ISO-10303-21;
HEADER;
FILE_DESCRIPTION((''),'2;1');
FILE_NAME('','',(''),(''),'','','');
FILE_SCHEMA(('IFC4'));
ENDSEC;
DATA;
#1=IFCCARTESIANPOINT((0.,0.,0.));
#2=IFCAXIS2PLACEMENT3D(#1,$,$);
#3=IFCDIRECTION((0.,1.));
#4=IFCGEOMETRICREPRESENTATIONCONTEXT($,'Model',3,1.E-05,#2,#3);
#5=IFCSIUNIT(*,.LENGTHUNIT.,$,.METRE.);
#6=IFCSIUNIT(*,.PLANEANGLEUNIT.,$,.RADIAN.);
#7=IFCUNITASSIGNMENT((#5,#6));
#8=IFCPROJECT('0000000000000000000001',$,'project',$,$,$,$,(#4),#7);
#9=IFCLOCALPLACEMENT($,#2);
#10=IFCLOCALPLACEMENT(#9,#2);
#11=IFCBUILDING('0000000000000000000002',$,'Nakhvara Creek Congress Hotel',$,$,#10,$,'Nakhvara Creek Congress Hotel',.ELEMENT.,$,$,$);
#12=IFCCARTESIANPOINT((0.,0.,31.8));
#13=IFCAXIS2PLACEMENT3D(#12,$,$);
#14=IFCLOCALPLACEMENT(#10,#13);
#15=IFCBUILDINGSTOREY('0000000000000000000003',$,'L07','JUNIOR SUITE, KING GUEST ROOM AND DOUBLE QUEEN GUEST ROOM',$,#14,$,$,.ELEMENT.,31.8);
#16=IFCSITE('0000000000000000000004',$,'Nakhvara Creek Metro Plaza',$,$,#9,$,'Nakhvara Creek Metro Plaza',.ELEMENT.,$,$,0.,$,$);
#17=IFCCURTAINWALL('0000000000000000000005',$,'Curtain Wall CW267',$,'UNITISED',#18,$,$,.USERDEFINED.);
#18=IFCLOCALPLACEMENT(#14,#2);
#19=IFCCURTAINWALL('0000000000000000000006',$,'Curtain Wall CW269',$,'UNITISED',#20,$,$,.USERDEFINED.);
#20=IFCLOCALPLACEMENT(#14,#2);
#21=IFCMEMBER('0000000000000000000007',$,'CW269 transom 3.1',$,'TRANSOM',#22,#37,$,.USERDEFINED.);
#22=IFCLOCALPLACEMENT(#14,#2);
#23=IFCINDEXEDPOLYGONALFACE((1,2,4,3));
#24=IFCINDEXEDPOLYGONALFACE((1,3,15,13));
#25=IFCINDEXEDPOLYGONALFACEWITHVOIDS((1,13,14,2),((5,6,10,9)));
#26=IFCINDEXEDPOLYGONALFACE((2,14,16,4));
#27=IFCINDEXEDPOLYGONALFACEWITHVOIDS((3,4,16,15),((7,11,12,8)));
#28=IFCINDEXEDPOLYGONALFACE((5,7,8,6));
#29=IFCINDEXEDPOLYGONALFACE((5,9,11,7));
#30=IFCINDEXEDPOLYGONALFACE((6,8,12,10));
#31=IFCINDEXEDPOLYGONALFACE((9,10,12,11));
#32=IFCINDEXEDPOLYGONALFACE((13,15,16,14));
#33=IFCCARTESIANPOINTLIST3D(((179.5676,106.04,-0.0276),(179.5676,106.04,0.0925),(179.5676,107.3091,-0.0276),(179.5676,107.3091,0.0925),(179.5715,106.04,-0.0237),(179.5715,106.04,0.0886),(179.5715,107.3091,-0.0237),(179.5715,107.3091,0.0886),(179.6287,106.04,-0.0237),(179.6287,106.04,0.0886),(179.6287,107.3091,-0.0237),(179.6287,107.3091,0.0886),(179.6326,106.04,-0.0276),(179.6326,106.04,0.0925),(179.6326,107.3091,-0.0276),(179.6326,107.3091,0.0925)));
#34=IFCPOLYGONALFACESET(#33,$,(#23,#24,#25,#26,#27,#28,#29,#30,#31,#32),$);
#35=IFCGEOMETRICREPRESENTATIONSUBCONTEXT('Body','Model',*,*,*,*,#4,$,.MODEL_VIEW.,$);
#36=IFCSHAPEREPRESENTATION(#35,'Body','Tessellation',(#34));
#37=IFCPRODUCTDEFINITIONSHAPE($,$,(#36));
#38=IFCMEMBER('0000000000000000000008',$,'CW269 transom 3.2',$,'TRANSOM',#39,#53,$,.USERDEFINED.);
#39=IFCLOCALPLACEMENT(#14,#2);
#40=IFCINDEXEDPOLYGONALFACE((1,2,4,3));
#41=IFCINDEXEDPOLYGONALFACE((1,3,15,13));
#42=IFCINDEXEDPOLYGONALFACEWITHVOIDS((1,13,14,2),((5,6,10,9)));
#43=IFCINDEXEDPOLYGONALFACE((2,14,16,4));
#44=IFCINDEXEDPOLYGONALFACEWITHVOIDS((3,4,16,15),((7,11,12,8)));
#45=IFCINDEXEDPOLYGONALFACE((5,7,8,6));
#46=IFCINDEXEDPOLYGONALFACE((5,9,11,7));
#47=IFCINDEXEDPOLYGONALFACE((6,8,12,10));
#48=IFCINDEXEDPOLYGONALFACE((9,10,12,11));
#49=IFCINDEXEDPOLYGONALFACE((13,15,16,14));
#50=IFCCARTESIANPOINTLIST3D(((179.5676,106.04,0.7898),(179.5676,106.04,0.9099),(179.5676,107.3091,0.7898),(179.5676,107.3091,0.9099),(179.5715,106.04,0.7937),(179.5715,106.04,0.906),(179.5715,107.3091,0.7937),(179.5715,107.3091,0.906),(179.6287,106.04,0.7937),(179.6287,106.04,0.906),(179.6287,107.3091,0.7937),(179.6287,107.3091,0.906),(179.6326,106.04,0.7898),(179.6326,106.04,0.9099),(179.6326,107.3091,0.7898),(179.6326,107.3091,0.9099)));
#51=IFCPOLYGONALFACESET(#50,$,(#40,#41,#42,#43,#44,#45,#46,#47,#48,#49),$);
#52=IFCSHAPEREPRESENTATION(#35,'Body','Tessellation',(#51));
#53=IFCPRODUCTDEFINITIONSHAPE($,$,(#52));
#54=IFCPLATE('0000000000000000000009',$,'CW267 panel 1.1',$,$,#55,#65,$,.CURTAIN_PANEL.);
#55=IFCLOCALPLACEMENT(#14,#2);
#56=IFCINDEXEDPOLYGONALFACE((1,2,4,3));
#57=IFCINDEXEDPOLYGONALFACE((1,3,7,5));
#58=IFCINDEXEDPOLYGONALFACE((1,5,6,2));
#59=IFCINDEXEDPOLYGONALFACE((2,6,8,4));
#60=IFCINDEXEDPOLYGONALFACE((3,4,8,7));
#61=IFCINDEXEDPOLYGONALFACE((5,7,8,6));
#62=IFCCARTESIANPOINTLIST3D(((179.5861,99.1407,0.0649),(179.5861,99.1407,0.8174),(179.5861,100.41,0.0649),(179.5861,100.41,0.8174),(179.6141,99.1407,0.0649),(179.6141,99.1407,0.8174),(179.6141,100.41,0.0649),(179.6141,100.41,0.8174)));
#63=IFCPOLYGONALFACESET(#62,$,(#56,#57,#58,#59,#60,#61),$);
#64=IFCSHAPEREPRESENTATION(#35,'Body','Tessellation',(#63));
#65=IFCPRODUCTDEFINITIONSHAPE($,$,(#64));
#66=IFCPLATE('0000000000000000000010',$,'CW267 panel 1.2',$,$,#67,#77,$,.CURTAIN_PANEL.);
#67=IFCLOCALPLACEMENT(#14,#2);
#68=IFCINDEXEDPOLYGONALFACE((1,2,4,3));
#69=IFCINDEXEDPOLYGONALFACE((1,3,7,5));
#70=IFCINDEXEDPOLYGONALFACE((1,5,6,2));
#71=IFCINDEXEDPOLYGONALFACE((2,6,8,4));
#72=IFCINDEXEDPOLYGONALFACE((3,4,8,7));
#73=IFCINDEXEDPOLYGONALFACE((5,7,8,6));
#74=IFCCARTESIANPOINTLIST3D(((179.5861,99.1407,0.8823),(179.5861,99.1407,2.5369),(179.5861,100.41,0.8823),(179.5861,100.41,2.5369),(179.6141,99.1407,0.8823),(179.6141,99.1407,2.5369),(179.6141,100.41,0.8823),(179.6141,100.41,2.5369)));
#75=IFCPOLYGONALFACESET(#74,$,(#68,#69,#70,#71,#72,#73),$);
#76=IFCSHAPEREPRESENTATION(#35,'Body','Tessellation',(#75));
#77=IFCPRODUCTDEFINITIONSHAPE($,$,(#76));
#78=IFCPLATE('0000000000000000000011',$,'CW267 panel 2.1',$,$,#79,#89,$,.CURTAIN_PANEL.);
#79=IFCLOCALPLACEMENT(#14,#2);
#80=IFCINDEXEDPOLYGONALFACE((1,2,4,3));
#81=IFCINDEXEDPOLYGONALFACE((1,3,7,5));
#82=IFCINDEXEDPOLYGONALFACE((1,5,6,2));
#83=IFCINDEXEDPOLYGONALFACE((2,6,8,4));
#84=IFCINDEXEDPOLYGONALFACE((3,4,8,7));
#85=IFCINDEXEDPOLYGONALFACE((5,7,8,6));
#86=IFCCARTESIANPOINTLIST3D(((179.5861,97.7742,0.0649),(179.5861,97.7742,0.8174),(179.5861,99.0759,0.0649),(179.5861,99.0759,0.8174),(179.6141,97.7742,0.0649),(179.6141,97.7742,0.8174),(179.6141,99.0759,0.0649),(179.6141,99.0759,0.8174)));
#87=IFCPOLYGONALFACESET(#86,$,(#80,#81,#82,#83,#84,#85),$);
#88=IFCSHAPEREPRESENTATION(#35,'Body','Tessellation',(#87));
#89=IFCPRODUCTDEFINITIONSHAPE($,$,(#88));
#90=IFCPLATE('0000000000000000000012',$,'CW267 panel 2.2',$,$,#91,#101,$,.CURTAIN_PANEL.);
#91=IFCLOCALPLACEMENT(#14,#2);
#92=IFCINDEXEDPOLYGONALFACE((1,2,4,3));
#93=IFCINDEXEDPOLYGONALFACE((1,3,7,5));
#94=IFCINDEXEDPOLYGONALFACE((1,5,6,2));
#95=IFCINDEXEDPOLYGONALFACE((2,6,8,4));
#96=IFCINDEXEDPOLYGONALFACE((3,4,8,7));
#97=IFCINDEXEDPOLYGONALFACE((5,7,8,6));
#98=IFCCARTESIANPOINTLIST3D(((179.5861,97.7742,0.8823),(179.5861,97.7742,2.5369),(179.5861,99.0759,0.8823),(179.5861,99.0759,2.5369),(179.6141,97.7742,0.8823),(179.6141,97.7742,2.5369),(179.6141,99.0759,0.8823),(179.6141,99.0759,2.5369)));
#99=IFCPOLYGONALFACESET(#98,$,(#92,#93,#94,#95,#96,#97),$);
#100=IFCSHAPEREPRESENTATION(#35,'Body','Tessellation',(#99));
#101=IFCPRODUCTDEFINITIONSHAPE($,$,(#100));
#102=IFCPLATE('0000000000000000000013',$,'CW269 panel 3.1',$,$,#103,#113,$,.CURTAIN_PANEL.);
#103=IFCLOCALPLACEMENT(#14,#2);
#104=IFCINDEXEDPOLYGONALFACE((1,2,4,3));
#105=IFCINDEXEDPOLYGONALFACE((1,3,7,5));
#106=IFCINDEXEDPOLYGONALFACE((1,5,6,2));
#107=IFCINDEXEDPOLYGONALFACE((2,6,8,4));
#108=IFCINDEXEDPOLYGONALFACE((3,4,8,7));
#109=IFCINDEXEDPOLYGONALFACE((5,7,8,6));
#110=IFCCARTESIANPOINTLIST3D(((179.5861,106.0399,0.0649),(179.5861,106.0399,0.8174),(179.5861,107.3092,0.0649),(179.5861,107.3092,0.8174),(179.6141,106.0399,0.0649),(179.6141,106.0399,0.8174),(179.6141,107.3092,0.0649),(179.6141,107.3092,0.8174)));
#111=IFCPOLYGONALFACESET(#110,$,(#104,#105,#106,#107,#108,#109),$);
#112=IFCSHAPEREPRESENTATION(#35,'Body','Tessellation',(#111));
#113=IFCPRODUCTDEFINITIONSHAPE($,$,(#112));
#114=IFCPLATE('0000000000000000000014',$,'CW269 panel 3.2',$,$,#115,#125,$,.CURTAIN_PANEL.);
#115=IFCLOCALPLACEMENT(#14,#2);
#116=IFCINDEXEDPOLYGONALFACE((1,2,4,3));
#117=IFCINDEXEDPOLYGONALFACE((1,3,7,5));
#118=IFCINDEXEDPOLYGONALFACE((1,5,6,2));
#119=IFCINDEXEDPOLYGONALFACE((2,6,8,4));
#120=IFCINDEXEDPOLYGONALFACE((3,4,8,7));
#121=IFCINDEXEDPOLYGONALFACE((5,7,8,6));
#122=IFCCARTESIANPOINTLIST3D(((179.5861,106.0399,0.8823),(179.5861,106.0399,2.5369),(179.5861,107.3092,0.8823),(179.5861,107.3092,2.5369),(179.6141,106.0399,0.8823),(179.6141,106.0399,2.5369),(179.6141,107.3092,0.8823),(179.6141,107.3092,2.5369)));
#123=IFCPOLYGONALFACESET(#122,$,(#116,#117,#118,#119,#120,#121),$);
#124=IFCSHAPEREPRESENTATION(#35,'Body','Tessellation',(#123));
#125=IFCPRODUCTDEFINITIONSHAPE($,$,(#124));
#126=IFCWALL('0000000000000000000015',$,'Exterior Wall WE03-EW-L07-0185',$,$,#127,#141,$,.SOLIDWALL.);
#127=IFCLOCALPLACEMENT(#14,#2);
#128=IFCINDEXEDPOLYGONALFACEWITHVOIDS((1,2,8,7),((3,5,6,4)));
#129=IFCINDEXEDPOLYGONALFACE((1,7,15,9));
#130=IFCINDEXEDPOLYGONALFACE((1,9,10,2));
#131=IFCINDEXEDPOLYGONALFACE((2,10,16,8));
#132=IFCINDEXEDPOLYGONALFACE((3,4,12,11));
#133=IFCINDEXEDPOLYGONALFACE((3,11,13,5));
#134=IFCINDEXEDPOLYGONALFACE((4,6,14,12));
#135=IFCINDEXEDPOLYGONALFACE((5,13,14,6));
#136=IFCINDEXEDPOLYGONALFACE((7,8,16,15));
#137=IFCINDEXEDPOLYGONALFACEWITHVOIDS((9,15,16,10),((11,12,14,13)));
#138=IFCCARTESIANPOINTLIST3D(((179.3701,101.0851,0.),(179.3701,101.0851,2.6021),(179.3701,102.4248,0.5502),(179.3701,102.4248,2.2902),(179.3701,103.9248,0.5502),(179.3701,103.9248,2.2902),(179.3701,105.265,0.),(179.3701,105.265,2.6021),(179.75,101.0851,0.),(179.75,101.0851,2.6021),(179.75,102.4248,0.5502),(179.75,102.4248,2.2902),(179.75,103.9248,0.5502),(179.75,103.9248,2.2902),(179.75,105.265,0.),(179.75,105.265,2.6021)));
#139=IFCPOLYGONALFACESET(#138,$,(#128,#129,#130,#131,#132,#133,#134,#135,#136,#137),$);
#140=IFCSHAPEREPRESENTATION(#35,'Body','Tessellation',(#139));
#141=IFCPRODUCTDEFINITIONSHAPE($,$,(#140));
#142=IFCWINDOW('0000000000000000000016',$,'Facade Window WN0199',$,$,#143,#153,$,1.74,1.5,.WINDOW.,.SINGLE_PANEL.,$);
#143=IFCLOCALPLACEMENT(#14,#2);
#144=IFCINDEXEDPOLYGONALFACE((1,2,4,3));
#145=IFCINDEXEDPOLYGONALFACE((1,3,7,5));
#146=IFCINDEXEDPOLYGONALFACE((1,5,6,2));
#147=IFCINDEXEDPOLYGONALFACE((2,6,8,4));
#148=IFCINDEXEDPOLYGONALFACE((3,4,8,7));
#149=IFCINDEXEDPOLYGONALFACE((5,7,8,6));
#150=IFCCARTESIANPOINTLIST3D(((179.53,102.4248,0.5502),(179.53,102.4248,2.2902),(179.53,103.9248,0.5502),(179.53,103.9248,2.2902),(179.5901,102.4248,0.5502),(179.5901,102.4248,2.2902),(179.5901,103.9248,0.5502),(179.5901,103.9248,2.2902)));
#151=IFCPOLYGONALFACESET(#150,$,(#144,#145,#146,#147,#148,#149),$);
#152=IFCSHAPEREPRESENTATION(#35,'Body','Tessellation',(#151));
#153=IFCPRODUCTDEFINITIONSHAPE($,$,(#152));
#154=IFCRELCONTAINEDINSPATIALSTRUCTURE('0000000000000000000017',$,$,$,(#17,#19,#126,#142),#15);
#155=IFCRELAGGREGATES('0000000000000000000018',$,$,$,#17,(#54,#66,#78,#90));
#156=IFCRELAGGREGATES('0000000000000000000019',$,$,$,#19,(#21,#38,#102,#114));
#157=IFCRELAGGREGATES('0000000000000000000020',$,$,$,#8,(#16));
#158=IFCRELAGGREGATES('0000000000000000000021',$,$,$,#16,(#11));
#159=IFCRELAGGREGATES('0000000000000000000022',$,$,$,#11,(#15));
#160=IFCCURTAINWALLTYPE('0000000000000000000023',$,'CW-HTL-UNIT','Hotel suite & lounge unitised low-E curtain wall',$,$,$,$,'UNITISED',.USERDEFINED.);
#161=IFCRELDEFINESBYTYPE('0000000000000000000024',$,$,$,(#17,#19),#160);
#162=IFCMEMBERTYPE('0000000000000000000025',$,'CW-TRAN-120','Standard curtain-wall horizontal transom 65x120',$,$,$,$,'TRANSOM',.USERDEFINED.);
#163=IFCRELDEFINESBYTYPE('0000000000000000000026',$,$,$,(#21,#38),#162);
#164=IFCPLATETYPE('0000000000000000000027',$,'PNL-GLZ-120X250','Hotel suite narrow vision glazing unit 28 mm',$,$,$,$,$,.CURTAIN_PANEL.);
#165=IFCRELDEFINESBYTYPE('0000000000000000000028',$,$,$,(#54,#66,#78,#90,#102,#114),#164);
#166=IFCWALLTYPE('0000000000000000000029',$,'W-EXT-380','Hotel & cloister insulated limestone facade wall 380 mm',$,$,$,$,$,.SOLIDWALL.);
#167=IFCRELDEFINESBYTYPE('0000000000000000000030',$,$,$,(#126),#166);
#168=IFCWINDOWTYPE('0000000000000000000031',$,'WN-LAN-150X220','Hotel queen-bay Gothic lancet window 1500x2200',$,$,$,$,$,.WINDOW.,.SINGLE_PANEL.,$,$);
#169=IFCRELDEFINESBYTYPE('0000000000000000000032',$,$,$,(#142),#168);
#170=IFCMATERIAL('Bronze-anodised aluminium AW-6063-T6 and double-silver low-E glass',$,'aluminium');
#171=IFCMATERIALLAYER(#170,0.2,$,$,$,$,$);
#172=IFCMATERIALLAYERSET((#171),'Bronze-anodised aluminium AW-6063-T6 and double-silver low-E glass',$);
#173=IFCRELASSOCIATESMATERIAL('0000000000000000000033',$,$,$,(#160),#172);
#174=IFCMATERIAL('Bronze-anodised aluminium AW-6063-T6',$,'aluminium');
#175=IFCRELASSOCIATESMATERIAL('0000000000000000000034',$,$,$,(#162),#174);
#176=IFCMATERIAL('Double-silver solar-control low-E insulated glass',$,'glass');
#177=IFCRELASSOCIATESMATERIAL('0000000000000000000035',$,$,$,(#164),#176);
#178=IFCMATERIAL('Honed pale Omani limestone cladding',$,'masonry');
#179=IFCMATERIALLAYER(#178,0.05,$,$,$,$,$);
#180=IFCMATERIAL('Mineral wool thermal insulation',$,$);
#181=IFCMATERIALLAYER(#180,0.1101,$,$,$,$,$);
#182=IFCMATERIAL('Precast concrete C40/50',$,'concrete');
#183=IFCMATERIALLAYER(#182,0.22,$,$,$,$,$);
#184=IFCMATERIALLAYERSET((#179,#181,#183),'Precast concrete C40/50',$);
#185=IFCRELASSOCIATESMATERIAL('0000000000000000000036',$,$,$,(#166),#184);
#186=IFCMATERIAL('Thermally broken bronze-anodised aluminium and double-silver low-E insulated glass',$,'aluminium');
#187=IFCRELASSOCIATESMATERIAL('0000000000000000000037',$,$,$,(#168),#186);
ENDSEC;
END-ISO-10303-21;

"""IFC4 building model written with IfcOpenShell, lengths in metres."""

from ifc_helpers import new_model, si_unit, direction, frame, frame_2d, origin, origin_2d, place, context, subcontext, project, spatial, rectangle, hollow_rectangle, extrude, material, layer, layer_set, material_profile, profile_set, type_object, element, fill, aggregate, save


model = new_model("IFC4")

# Units and contexts
model_context = context("Model", 3, precision=1e-05, world=origin(), true_north=direction((0.0, 1.0)))
body_context = subcontext(model_context, "Body", "Model", "MODEL_VIEW")
ifc_project = project(units=[si_unit("LENGTHUNIT", "METRE"), si_unit("PLANEANGLEUNIT", "RADIAN")], contexts=[model_context])

# Site, building, storey
site_placement = place(None, origin())
site = spatial("IfcSite", under=ifc_project, at=site_placement, Name="Nakhvara Creek Metro Plaza", LongName="Nakhvara Creek Metro Plaza", CompositionType="ELEMENT", RefElevation=0.0)
building_placement = place(site_placement, origin())
building = spatial("IfcBuilding", under=site, at=building_placement, Name="Nakhvara Creek Congress Hotel", LongName="Nakhvara Creek Congress Hotel", CompositionType="ELEMENT")
storey_placement = place(building_placement, frame((0.0, 0.0, 31.8)))
storey = spatial("IfcBuildingStorey", under=building, at=storey_placement, Name="L07", Description="JUNIOR SUITE, KING GUEST ROOM AND DOUBLE QUEEN GUEST ROOM", CompositionType="ELEMENT", Elevation=31.8)

# Curtain wall
ifc_material_1 = material(Name="Bronze-anodised aluminium AW-6063-T6 and double-silver low-E glass", Category="aluminium")
ifc_layer_1 = layer(ifc_material_1, 0.2)
ifc_layer_set_1 = layer_set([ifc_layer_1], Name="Bronze-anodised aluminium AW-6063-T6 and double-silver low-E glass")
curtain_wall_type = type_object("IfcCurtainWallType", Name="CW-HTL-UNIT", Description="Hotel suite & lounge unitised low-E curtain wall", ElementType="UNITISED", PredefinedType="USERDEFINED", material=ifc_layer_set_1)
curtain_wall_1_placement = place(storey_placement, origin())
curtain_wall_1 = element("IfcCurtainWall", 1, at=curtain_wall_1_placement, inside=storey, type_object=curtain_wall_type, Name="Curtain Wall CW267", ObjectType="UNITISED", PredefinedType="USERDEFINED")
ifc_material_2 = material(Name="Bronze-anodised aluminium AW-6063-T6", Category="aluminium")

# Curtain wall
curtain_wall_2_placement = place(storey_placement, origin())
curtain_wall_2 = element("IfcCurtainWall", 2, at=curtain_wall_2_placement, inside=storey, type_object=curtain_wall_type, Name="Curtain Wall CW269", ObjectType="UNITISED", PredefinedType="USERDEFINED")

# Members
ifc_material_profile_1 = material_profile(ifc_material_2, hollow_rectangle(XDim=0.0649, YDim=0.1201, WallThickness=0.0039, at=origin_2d()), Name="ALU-TRAN 65x120x4", Category="LoadBearing")
ifc_profile_set_1 = profile_set([ifc_material_profile_1], Name="Bronze-anodised aluminium AW-6063-T6")
member_type_1 = type_object("IfcMemberType", Name="CW-TRAN-120", Description="Standard curtain-wall horizontal transom 65x120", ElementType="TRANSOM", PredefinedType="USERDEFINED", material=ifc_profile_set_1)
member_1_placement = place(storey_placement, frame((179.6001, 107.3091, 0.0325), z_axis=(0.0, -1.0, 0.0), x_axis=(1.0, 0.0, 0.0)))
member_1 = element("IfcMember", 3, at=member_1_placement, type_object=member_type_1, Name="CW269 transom 3.1", ObjectType="TRANSOM", PredefinedType="USERDEFINED", context=body_context, shape_type="SweptSolid", body=[
    extrude(hollow_rectangle(XDim=0.0649, YDim=0.1201, WallThickness=0.0039, at=origin_2d()), origin(), (0.0, 0.0, 1.0), 1.269),
])
member_2_placement = place(storey_placement, frame((179.6001, 107.3091, 0.8499), z_axis=(0.0, -1.0, 0.0), x_axis=(1.0, 0.0, 0.0)))
member_2 = element("IfcMember", 4, at=member_2_placement, type_object=member_type_1, Name="CW269 transom 3.2", ObjectType="TRANSOM", PredefinedType="USERDEFINED", context=body_context, shape_type="SweptSolid", body=[
    extrude(hollow_rectangle(XDim=0.0649, YDim=0.1201, WallThickness=0.0039, at=origin_2d()), origin(), (0.0, 0.0, 1.0), 1.269),
])

# Plates
ifc_material_3 = material(Name="Double-silver solar-control low-E insulated glass", Category="glass")
plate_type = type_object("IfcPlateType", Name="PNL-GLZ-120X250", Description="Hotel suite narrow vision glazing unit 28 mm", PredefinedType="CURTAIN_PANEL", material=ifc_material_3)
plate_1_placement = place(storey_placement, frame((179.6001, 99.7754, 0.0649), z_axis=(0.0, 0.0, 1.0), x_axis=(0.0, -1.0, 0.0)))
plate_1 = element("IfcPlate", 5, at=plate_1_placement, type_object=plate_type, Name="CW267 panel 1.1", PredefinedType="CURTAIN_PANEL", context=body_context, shape_type="SweptSolid", body=[
    extrude(rectangle(XDim=1.2693, YDim=0.0281, at=origin_2d()), origin(), (0.0, 0.0, 1.0), 0.7524),
])
plate_2_placement = place(storey_placement, frame((179.6001, 99.7754, 0.8823), z_axis=(0.0, 0.0, 1.0), x_axis=(0.0, -1.0, 0.0)))
plate_2 = element("IfcPlate", 6, at=plate_2_placement, type_object=plate_type, Name="CW267 panel 1.2", PredefinedType="CURTAIN_PANEL", context=body_context, shape_type="SweptSolid", body=[
    extrude(rectangle(XDim=1.2693, YDim=0.0281, at=origin_2d()), origin(), (0.0, 0.0, 1.0), 1.6545),
])
plate_3_placement = place(storey_placement, frame((179.6001, 98.425, 0.0649), z_axis=(0.0, 0.0, 1.0), x_axis=(0.0, -1.0, 0.0)))
plate_3 = element("IfcPlate", 7, at=plate_3_placement, type_object=plate_type, Name="CW267 panel 2.1", PredefinedType="CURTAIN_PANEL", context=body_context, shape_type="SweptSolid", body=[
    extrude(rectangle(XDim=1.3018, YDim=0.0281, at=origin_2d()), origin(), (0.0, 0.0, 1.0), 0.7524),
])
plate_4_placement = place(storey_placement, frame((179.6001, 98.425, 0.8823), z_axis=(0.0, 0.0, 1.0), x_axis=(0.0, -1.0, 0.0)))
plate_4 = element("IfcPlate", 8, at=plate_4_placement, type_object=plate_type, Name="CW267 panel 2.2", PredefinedType="CURTAIN_PANEL", context=body_context, shape_type="SweptSolid", body=[
    extrude(rectangle(XDim=1.3018, YDim=0.0281, at=origin_2d()), origin(), (0.0, 0.0, 1.0), 1.6545),
])
aggregate(curtain_wall_1, [plate_1, plate_2, plate_3, plate_4])
plate_5_placement = place(storey_placement, frame((179.6001, 106.6746, 0.0649), z_axis=(0.0, 0.0, 1.0), x_axis=(0.0, -1.0, 0.0)))
plate_5 = element("IfcPlate", 9, at=plate_5_placement, type_object=plate_type, Name="CW269 panel 3.1", PredefinedType="CURTAIN_PANEL", context=body_context, shape_type="SweptSolid", body=[
    extrude(rectangle(XDim=1.2693, YDim=0.0281, at=origin_2d()), origin(), (0.0, 0.0, 1.0), 0.7524),
])
plate_6_placement = place(storey_placement, frame((179.6001, 106.6746, 0.8823), z_axis=(0.0, 0.0, 1.0), x_axis=(0.0, -1.0, 0.0)))
plate_6 = element("IfcPlate", 10, at=plate_6_placement, type_object=plate_type, Name="CW269 panel 3.2", PredefinedType="CURTAIN_PANEL", context=body_context, shape_type="SweptSolid", body=[
    extrude(rectangle(XDim=1.2693, YDim=0.0281, at=origin_2d()), origin(), (0.0, 0.0, 1.0), 1.6545),
])
aggregate(curtain_wall_2, [member_1, member_2, plate_5, plate_6])

# Wall, opening, window
ifc_material_4 = material(Name="Honed pale Omani limestone cladding", Category="masonry")
ifc_layer_2 = layer(ifc_material_4, 0.05)
ifc_material_5 = material(Name="Mineral wool thermal insulation")
ifc_layer_3 = layer(ifc_material_5, 0.1101)
ifc_material_6 = material(Name="Precast concrete C40/50", Category="concrete")
ifc_layer_4 = layer(ifc_material_6, 0.22)
ifc_layer_set_2 = layer_set([ifc_layer_2, ifc_layer_3, ifc_layer_4], Name="Precast concrete C40/50")
wall_type = type_object("IfcWallType", Name="W-EXT-380", Description="Hotel & cloister insulated limestone facade wall 380 mm", PredefinedType="SOLIDWALL", material=ifc_layer_set_2)
wall_placement = place(storey_placement, frame((179.5601, 105.2649, 0.0), z_axis=(0.0, 0.0, 1.0), x_axis=(0.0, -1.0, 0.0)))
wall = element("IfcWall", 11, at=wall_placement, inside=storey, type_object=wall_type, Name="Exterior Wall WE03-EW-L07-0185", PredefinedType="SOLIDWALL", context=body_context, shape_type="SweptSolid", body=[
    extrude(rectangle(XDim=4.1799, YDim=0.3799, at=frame_2d((2.0898, 0.0))), origin(), (0.0, 0.0, 1.0), 2.6021),
])
opening_placement = place(wall_placement, frame((1.3401, 0.0, 0.55)))
opening = element("IfcOpeningElement", 12, at=opening_placement, cuts=wall, PredefinedType="OPENING", context=body_context, shape_type="SweptSolid", body=[
    extrude(rectangle(XDim=1.5, YDim=1.74, at=frame_2d((0.75, 0.8701))), frame((0.0, 0.2019, 0.0), z_axis=(0.0, -1.0, 0.0), x_axis=(1.0, 0.0, 0.0)), (0.0, 0.0, 1.0), 0.4038),
])
ifc_material_7 = material(Name="Thermally broken bronze-anodised aluminium and double-silver low-E insulated glass", Category="aluminium")
window_type = type_object("IfcWindowType", Name="WN-LAN-150X220", Description="Hotel queen-bay Gothic lancet window 1500x2200", PartitioningType="SINGLE_PANEL", PredefinedType="WINDOW", material=ifc_material_7)
window_placement = place(opening_placement, origin())
window = element("IfcWindow", 13, at=window_placement, inside=storey, type_object=window_type, Name="Facade Window WN0199", OverallHeight=1.74, OverallWidth=1.5, PartitioningType="SINGLE_PANEL", PredefinedType="WINDOW", context=body_context, shape_type="SweptSolid", body=[
    extrude(rectangle(XDim=1.5, YDim=1.74, at=frame_2d((0.75, 0.8701))), frame((0.0, 0.03, 0.0), z_axis=(0.0, -1.0, 0.0), x_axis=(1.0, 0.0, 0.0)), (0.0, 0.0, 1.0), 0.0601),
])
fill(opening, window)

save(model, "model.ifc")
